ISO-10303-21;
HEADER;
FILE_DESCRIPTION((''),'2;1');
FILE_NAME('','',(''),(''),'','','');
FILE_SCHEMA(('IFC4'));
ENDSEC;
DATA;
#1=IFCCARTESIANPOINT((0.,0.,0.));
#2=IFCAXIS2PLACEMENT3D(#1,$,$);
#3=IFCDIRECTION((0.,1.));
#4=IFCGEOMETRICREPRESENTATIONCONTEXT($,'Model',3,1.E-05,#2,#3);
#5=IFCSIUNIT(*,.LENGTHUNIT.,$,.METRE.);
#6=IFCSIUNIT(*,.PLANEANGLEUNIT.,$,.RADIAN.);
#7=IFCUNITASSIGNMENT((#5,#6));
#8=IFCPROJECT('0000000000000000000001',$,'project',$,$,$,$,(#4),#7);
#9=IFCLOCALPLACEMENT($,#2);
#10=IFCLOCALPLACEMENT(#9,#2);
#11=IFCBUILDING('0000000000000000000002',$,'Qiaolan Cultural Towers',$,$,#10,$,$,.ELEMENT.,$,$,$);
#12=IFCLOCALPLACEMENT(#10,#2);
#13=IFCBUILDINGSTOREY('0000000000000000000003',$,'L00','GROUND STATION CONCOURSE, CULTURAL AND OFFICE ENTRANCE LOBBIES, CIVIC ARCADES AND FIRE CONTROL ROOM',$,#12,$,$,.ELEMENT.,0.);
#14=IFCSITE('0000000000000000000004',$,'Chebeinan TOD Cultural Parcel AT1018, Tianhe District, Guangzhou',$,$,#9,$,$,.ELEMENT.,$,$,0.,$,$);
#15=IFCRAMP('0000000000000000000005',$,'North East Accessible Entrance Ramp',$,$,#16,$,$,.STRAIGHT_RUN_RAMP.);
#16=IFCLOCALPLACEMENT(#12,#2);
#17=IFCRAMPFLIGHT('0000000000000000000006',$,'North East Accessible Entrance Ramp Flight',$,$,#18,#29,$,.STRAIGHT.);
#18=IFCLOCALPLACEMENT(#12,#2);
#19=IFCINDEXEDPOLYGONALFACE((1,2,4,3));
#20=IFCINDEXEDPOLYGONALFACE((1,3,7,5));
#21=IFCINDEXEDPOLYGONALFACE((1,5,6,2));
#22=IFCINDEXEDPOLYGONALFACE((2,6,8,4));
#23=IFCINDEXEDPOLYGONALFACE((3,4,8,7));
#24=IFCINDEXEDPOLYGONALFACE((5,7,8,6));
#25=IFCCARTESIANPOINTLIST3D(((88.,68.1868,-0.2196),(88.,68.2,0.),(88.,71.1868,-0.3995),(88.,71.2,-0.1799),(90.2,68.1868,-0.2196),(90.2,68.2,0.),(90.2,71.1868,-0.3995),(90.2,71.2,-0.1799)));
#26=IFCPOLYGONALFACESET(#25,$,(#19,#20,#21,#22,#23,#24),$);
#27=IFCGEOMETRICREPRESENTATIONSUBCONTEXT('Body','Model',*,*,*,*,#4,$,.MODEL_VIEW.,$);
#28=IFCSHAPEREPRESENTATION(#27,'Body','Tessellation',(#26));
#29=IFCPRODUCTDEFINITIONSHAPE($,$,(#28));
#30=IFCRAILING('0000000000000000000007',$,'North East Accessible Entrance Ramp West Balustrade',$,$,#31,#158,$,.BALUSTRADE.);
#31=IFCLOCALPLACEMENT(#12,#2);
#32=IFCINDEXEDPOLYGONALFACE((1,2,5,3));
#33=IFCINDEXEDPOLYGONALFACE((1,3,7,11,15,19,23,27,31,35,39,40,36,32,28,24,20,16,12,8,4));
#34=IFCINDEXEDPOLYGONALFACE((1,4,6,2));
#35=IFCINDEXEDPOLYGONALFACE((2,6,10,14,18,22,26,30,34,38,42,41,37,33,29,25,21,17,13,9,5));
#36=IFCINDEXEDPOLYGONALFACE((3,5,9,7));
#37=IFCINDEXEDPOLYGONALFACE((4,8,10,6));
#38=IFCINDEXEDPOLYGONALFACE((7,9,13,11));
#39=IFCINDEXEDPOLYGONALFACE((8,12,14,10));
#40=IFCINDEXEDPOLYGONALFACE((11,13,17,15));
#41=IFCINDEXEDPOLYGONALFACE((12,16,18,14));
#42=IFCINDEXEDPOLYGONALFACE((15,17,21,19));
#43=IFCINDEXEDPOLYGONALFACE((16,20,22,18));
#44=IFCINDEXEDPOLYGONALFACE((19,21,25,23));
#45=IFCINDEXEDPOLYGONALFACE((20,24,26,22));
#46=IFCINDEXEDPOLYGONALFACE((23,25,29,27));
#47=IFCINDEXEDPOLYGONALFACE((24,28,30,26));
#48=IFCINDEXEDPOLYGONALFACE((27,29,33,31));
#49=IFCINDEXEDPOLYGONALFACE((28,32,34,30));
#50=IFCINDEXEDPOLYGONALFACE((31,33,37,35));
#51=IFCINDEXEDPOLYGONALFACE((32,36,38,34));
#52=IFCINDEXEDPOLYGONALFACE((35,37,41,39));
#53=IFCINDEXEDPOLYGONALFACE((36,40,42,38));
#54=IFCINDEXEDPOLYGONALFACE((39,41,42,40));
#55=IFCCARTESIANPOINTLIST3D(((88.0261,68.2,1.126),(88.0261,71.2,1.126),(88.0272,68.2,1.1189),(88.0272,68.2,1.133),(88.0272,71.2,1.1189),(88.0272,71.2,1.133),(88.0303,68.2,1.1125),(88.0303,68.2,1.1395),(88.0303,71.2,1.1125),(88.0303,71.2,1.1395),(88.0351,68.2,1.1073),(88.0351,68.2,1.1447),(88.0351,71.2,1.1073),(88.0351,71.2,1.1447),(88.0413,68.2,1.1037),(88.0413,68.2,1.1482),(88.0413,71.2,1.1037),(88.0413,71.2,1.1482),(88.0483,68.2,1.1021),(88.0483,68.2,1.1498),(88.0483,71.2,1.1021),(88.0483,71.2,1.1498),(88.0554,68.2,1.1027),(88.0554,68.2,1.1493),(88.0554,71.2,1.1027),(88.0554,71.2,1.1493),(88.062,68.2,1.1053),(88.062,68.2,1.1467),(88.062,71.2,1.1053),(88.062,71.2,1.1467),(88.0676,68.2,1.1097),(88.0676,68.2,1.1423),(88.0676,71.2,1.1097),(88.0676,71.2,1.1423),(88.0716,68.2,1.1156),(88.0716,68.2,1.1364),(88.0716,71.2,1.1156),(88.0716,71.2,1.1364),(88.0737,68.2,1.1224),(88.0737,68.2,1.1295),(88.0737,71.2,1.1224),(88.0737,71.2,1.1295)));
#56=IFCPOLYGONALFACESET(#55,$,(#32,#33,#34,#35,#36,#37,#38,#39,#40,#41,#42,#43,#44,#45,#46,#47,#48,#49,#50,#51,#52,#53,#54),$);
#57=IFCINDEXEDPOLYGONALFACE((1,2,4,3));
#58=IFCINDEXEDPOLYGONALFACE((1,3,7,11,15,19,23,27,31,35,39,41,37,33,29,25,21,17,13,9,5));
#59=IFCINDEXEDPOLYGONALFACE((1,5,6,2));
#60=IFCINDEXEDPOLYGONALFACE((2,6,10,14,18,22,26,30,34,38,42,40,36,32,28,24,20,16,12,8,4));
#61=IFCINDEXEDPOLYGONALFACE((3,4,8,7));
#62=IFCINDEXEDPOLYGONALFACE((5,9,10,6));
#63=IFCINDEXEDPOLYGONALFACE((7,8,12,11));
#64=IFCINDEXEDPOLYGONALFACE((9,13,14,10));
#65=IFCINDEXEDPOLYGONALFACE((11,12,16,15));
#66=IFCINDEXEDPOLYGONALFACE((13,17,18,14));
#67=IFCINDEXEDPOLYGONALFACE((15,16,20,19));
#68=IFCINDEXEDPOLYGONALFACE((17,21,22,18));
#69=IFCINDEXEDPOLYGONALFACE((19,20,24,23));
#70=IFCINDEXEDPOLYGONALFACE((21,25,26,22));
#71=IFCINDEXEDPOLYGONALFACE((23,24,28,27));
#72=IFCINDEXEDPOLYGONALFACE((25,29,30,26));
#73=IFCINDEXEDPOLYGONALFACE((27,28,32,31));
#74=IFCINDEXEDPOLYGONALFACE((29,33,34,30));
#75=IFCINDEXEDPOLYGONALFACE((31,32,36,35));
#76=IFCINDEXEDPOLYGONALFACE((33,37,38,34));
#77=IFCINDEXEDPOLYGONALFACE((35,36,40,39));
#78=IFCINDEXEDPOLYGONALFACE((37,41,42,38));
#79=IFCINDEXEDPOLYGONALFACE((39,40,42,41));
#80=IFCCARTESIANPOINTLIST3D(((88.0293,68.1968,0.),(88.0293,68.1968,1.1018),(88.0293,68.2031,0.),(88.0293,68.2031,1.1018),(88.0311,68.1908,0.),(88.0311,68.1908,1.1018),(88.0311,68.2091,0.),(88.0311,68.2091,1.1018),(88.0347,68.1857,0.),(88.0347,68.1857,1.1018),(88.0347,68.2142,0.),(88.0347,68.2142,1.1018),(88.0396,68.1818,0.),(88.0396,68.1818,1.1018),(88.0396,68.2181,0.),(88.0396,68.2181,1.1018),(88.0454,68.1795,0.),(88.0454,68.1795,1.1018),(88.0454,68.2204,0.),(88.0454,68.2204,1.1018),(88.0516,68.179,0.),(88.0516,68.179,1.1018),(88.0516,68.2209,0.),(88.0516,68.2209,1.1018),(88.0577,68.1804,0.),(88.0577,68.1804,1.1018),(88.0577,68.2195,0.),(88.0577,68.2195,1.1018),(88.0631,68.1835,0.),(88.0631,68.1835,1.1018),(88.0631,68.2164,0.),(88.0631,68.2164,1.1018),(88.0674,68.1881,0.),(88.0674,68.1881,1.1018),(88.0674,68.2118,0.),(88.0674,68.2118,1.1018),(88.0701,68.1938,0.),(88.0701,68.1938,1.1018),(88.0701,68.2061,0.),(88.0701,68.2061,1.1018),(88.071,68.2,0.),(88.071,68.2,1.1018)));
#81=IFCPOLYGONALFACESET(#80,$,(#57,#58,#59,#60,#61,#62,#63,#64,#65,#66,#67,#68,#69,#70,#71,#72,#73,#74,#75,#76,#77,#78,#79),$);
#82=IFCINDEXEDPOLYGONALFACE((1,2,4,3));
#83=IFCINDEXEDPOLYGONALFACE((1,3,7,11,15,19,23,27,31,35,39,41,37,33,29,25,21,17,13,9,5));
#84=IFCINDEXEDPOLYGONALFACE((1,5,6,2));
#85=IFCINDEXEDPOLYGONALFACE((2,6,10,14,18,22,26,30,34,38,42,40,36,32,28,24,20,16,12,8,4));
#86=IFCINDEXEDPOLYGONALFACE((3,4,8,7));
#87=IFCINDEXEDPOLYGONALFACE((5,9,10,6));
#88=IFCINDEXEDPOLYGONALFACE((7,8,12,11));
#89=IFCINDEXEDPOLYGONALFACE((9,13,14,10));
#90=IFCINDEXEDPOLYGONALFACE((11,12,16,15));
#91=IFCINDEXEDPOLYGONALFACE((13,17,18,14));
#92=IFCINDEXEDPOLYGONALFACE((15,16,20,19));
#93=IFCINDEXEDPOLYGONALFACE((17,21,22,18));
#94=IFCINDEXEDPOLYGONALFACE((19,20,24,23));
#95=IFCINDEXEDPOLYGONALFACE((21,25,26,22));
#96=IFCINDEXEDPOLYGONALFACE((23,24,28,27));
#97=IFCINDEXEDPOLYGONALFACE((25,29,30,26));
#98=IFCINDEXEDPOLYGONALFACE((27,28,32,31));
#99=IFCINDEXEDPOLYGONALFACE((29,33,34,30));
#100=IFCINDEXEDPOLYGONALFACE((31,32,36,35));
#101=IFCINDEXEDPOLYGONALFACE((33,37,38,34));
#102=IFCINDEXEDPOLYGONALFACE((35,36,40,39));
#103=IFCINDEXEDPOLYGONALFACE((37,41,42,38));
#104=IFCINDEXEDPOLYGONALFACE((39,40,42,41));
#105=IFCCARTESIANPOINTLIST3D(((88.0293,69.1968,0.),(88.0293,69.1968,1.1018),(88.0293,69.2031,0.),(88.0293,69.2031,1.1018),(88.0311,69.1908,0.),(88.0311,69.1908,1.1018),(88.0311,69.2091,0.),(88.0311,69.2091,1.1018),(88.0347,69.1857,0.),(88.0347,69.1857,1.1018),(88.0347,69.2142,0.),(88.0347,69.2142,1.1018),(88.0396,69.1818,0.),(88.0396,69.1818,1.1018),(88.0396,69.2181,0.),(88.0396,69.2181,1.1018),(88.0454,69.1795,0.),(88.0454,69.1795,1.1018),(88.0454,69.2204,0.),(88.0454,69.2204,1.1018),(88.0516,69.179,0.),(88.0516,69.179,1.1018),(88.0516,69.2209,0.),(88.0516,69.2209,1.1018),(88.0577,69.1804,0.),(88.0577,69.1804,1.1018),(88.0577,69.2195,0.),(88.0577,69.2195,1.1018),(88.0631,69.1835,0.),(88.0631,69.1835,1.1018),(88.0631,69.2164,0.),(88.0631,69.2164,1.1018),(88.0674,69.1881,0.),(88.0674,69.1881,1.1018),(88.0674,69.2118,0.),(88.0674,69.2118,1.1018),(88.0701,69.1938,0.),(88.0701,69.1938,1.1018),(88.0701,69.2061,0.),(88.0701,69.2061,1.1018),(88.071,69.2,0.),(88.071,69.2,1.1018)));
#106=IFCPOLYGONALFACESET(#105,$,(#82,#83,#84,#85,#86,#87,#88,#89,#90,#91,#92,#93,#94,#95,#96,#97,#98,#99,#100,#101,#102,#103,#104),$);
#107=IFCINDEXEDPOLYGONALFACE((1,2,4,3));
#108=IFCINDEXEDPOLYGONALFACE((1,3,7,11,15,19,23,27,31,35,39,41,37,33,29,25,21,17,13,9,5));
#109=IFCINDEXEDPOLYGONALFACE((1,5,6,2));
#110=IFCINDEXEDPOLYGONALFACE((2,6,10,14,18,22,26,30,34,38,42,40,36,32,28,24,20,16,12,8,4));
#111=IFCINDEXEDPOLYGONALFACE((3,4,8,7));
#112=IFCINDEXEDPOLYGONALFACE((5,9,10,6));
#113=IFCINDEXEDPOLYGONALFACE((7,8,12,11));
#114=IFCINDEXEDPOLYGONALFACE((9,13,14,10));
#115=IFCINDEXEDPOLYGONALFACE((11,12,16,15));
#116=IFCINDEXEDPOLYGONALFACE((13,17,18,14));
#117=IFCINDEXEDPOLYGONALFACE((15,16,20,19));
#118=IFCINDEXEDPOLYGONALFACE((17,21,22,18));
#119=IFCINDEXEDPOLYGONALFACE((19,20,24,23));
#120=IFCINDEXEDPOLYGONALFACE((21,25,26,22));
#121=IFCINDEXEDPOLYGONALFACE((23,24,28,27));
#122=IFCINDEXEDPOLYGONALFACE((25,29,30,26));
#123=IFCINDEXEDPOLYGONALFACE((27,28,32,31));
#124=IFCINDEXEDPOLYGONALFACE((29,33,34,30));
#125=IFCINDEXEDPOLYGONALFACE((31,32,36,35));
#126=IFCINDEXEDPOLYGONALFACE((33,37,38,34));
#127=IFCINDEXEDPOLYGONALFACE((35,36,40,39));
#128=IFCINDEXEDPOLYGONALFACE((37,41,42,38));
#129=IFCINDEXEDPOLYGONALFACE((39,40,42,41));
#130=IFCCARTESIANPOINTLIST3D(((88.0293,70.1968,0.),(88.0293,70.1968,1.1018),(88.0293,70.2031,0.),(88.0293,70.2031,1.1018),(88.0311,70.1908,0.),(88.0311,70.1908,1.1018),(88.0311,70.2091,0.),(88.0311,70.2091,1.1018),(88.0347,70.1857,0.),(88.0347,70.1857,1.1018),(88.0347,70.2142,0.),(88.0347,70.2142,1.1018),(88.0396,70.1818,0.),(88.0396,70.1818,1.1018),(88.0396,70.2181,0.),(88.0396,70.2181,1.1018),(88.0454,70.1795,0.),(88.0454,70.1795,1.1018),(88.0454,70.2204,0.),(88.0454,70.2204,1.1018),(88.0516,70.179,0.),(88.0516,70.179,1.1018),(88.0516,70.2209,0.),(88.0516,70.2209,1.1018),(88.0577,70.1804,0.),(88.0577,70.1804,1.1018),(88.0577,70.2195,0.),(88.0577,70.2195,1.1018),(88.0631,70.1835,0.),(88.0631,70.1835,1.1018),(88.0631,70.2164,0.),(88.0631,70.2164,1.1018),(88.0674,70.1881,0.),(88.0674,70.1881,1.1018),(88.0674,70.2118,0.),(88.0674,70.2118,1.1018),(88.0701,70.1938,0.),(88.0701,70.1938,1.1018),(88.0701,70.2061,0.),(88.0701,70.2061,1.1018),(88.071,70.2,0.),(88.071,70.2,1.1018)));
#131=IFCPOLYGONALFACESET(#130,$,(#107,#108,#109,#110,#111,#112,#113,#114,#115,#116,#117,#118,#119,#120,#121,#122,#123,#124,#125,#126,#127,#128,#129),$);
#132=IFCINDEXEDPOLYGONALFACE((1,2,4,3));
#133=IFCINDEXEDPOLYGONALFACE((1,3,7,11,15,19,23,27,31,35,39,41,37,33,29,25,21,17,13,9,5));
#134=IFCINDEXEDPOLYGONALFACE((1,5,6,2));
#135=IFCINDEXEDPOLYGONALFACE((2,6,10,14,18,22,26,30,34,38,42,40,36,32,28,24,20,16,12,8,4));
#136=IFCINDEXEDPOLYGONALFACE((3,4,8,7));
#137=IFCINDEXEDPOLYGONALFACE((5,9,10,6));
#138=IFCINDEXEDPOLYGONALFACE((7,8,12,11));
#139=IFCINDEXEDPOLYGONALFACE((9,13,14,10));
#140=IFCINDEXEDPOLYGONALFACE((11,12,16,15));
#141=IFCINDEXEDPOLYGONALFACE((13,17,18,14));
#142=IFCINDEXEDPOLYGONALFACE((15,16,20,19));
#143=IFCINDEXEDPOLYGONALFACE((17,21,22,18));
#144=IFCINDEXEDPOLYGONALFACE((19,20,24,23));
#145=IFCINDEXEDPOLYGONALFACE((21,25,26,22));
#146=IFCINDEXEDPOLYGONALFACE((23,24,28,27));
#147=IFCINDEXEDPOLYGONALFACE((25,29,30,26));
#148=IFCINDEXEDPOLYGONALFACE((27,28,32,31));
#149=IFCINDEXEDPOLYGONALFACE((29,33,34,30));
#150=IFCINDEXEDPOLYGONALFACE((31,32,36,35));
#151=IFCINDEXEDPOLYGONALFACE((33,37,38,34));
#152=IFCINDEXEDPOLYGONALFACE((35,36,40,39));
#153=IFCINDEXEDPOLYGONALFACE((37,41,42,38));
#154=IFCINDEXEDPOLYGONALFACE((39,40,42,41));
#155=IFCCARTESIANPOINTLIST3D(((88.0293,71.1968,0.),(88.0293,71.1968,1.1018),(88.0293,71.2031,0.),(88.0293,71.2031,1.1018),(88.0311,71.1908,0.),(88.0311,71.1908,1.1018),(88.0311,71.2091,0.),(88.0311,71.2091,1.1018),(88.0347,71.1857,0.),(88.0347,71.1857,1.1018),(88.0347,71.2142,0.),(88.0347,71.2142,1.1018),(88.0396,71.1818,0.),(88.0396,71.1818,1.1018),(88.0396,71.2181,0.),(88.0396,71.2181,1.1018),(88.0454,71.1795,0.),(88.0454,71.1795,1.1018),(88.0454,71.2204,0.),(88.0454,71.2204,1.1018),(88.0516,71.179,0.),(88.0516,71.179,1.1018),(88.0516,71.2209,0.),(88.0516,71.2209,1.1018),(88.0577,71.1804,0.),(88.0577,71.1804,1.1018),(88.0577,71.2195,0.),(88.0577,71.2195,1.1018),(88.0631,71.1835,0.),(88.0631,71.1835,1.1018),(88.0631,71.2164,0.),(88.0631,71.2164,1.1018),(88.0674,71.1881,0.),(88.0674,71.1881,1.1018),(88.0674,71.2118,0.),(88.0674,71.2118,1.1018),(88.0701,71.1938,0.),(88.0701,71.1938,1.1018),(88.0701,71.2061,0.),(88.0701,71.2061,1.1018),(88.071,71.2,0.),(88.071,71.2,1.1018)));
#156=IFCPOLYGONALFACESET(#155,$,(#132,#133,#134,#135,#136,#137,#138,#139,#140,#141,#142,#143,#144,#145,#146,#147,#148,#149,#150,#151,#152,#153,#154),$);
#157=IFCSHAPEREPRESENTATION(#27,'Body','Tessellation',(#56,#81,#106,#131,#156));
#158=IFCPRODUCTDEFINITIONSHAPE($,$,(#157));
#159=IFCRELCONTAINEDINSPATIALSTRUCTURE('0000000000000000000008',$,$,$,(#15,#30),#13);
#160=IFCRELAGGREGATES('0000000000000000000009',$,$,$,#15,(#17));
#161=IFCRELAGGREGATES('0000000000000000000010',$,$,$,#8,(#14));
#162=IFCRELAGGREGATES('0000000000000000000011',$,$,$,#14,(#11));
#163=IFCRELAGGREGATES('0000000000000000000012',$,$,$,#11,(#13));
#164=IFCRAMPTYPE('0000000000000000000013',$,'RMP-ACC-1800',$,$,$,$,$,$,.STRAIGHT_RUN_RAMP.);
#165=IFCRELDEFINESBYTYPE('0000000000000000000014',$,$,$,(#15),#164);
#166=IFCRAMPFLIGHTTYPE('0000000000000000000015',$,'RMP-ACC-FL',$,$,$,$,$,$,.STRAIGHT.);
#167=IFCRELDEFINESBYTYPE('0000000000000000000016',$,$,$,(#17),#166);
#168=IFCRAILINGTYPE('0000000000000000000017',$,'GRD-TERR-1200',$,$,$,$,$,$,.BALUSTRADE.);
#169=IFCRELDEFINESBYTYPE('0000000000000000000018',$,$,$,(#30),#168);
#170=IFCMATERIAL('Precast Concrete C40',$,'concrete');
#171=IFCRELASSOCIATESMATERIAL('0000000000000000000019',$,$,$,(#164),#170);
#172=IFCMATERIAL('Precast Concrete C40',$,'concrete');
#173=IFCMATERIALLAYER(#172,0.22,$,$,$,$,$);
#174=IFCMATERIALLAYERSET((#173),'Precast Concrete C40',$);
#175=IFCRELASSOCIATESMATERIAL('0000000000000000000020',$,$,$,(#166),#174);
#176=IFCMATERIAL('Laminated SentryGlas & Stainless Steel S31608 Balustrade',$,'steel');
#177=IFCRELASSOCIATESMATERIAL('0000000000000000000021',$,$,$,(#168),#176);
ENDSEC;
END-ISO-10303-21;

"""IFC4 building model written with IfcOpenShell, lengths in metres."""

from ifc_helpers import new_model, si_unit, direction, frame, origin, origin_2d, place, context, subcontext, project, spatial, polyline, circle, outline, extrude, material, layer, layer_set, type_object, element, aggregate, save


model = new_model("IFC4")

# Units and contexts
model_context = context("Model", 3, precision=1e-05, world=origin(), true_north=direction((0.0, 1.0)))
body_context = subcontext(model_context, "Body", "Model", "MODEL_VIEW")
ifc_project = project(units=[si_unit("LENGTHUNIT", "METRE"), si_unit("PLANEANGLEUNIT", "RADIAN")], contexts=[model_context])

# Site, building, storey
site_placement = place(None, origin())
site = spatial("IfcSite", under=ifc_project, at=site_placement, Name="Chebeinan TOD Cultural Parcel AT1018, Tianhe District, Guangzhou", CompositionType="ELEMENT", RefElevation=0.0)
building_placement = place(site_placement, origin())
building = spatial("IfcBuilding", under=site, at=building_placement, Name="Qiaolan Cultural Towers", CompositionType="ELEMENT")
storey_placement = place(building_placement, origin())
storey = spatial("IfcBuildingStorey", under=building, at=storey_placement, Name="L00", Description="GROUND STATION CONCOURSE, CULTURAL AND OFFICE ENTRANCE LOBBIES, CIVIC ARCADES AND FIRE CONTROL ROOM", CompositionType="ELEMENT", Elevation=0.0)

# Ramp, ramp flight
ifc_material_1 = material(Name="Precast Concrete C40", Category="concrete")
ramp_type = type_object("IfcRampType", Name="RMP-ACC-1800", PredefinedType="STRAIGHT_RUN_RAMP", material=ifc_material_1)
ramp_placement = place(storey_placement, origin())
ramp = element("IfcRamp", 1, at=ramp_placement, inside=storey, type_object=ramp_type, Name="North East Accessible Entrance Ramp", PredefinedType="STRAIGHT_RUN_RAMP")
ifc_material_2 = material(Name="Precast Concrete C40", Category="concrete")
ifc_layer_1 = layer(ifc_material_2, 0.22)
ifc_layer_set_1 = layer_set([ifc_layer_1], Name="Precast Concrete C40")
ramp_flight_type = type_object("IfcRampFlightType", Name="RMP-ACC-FL", PredefinedType="STRAIGHT", material=ifc_layer_set_1)
ramp_flight_placement = place(storey_placement, frame((88.0, 68.2, 0.0), z_axis=(0.0, 0.05987, 0.998206), x_axis=(1.0, 0.0, 0.0)))
ramp_flight = element("IfcRampFlight", 2, at=ramp_flight_placement, type_object=ramp_flight_type, Name="North East Accessible Entrance Ramp Flight", PredefinedType="STRAIGHT", context=body_context, shape_type="SweptSolid", body=[
    extrude(outline(polyline([(0.0, 0.0), (2.2, 0.0), (2.2, 3.0054), (0.0, 3.0054), (0.0, 0.0)])), origin(), (0.0, 0.0, -1.0), 0.22),
])
aggregate(ramp, [ramp_flight])

# Railing
ifc_material_3 = material(Name="Laminated SentryGlas & Stainless Steel S31608 Balustrade", Category="steel")
railing_type = type_object("IfcRailingType", Name="GRD-TERR-1200", PredefinedType="BALUSTRADE", material=ifc_material_3)
for number, where, name in (
    (3, (88.05, 68.2, 0.0), "North East Accessible Entrance Ramp West Balustrade"),
):
    element("IfcRailing", number, at=place(storey_placement, frame(where)), inside=storey, type_object=railing_type, Name=name, PredefinedType="BALUSTRADE", context=body_context, shape_type="SweptSolid", body=[
        extrude(circle(Radius=0.0239, at=origin_2d()), frame((0.0, 0.0, 1.126), z_axis=(0.0, 1.0, 0.0), x_axis=(-1.0, 0.0, 0.0)), (0.0, 0.0, 1.0), 3.0),
        extrude(circle(Radius=0.021, at=origin_2d()), origin(), (0.0, 0.0, 1.0), 1.1018),
        extrude(circle(Radius=0.021, at=origin_2d()), frame((0.0, 1.0, 0.0)), (0.0, 0.0, 1.0), 1.1018),
        extrude(circle(Radius=0.021, at=origin_2d()), frame((0.0, 2.0, 0.0)), (0.0, 0.0, 1.0), 1.1018),
        extrude(circle(Radius=0.021, at=origin_2d()), frame((0.0, 3.0, 0.0)), (0.0, 0.0, 1.0), 1.1018),
    ])

save(model, "model.ifc")
